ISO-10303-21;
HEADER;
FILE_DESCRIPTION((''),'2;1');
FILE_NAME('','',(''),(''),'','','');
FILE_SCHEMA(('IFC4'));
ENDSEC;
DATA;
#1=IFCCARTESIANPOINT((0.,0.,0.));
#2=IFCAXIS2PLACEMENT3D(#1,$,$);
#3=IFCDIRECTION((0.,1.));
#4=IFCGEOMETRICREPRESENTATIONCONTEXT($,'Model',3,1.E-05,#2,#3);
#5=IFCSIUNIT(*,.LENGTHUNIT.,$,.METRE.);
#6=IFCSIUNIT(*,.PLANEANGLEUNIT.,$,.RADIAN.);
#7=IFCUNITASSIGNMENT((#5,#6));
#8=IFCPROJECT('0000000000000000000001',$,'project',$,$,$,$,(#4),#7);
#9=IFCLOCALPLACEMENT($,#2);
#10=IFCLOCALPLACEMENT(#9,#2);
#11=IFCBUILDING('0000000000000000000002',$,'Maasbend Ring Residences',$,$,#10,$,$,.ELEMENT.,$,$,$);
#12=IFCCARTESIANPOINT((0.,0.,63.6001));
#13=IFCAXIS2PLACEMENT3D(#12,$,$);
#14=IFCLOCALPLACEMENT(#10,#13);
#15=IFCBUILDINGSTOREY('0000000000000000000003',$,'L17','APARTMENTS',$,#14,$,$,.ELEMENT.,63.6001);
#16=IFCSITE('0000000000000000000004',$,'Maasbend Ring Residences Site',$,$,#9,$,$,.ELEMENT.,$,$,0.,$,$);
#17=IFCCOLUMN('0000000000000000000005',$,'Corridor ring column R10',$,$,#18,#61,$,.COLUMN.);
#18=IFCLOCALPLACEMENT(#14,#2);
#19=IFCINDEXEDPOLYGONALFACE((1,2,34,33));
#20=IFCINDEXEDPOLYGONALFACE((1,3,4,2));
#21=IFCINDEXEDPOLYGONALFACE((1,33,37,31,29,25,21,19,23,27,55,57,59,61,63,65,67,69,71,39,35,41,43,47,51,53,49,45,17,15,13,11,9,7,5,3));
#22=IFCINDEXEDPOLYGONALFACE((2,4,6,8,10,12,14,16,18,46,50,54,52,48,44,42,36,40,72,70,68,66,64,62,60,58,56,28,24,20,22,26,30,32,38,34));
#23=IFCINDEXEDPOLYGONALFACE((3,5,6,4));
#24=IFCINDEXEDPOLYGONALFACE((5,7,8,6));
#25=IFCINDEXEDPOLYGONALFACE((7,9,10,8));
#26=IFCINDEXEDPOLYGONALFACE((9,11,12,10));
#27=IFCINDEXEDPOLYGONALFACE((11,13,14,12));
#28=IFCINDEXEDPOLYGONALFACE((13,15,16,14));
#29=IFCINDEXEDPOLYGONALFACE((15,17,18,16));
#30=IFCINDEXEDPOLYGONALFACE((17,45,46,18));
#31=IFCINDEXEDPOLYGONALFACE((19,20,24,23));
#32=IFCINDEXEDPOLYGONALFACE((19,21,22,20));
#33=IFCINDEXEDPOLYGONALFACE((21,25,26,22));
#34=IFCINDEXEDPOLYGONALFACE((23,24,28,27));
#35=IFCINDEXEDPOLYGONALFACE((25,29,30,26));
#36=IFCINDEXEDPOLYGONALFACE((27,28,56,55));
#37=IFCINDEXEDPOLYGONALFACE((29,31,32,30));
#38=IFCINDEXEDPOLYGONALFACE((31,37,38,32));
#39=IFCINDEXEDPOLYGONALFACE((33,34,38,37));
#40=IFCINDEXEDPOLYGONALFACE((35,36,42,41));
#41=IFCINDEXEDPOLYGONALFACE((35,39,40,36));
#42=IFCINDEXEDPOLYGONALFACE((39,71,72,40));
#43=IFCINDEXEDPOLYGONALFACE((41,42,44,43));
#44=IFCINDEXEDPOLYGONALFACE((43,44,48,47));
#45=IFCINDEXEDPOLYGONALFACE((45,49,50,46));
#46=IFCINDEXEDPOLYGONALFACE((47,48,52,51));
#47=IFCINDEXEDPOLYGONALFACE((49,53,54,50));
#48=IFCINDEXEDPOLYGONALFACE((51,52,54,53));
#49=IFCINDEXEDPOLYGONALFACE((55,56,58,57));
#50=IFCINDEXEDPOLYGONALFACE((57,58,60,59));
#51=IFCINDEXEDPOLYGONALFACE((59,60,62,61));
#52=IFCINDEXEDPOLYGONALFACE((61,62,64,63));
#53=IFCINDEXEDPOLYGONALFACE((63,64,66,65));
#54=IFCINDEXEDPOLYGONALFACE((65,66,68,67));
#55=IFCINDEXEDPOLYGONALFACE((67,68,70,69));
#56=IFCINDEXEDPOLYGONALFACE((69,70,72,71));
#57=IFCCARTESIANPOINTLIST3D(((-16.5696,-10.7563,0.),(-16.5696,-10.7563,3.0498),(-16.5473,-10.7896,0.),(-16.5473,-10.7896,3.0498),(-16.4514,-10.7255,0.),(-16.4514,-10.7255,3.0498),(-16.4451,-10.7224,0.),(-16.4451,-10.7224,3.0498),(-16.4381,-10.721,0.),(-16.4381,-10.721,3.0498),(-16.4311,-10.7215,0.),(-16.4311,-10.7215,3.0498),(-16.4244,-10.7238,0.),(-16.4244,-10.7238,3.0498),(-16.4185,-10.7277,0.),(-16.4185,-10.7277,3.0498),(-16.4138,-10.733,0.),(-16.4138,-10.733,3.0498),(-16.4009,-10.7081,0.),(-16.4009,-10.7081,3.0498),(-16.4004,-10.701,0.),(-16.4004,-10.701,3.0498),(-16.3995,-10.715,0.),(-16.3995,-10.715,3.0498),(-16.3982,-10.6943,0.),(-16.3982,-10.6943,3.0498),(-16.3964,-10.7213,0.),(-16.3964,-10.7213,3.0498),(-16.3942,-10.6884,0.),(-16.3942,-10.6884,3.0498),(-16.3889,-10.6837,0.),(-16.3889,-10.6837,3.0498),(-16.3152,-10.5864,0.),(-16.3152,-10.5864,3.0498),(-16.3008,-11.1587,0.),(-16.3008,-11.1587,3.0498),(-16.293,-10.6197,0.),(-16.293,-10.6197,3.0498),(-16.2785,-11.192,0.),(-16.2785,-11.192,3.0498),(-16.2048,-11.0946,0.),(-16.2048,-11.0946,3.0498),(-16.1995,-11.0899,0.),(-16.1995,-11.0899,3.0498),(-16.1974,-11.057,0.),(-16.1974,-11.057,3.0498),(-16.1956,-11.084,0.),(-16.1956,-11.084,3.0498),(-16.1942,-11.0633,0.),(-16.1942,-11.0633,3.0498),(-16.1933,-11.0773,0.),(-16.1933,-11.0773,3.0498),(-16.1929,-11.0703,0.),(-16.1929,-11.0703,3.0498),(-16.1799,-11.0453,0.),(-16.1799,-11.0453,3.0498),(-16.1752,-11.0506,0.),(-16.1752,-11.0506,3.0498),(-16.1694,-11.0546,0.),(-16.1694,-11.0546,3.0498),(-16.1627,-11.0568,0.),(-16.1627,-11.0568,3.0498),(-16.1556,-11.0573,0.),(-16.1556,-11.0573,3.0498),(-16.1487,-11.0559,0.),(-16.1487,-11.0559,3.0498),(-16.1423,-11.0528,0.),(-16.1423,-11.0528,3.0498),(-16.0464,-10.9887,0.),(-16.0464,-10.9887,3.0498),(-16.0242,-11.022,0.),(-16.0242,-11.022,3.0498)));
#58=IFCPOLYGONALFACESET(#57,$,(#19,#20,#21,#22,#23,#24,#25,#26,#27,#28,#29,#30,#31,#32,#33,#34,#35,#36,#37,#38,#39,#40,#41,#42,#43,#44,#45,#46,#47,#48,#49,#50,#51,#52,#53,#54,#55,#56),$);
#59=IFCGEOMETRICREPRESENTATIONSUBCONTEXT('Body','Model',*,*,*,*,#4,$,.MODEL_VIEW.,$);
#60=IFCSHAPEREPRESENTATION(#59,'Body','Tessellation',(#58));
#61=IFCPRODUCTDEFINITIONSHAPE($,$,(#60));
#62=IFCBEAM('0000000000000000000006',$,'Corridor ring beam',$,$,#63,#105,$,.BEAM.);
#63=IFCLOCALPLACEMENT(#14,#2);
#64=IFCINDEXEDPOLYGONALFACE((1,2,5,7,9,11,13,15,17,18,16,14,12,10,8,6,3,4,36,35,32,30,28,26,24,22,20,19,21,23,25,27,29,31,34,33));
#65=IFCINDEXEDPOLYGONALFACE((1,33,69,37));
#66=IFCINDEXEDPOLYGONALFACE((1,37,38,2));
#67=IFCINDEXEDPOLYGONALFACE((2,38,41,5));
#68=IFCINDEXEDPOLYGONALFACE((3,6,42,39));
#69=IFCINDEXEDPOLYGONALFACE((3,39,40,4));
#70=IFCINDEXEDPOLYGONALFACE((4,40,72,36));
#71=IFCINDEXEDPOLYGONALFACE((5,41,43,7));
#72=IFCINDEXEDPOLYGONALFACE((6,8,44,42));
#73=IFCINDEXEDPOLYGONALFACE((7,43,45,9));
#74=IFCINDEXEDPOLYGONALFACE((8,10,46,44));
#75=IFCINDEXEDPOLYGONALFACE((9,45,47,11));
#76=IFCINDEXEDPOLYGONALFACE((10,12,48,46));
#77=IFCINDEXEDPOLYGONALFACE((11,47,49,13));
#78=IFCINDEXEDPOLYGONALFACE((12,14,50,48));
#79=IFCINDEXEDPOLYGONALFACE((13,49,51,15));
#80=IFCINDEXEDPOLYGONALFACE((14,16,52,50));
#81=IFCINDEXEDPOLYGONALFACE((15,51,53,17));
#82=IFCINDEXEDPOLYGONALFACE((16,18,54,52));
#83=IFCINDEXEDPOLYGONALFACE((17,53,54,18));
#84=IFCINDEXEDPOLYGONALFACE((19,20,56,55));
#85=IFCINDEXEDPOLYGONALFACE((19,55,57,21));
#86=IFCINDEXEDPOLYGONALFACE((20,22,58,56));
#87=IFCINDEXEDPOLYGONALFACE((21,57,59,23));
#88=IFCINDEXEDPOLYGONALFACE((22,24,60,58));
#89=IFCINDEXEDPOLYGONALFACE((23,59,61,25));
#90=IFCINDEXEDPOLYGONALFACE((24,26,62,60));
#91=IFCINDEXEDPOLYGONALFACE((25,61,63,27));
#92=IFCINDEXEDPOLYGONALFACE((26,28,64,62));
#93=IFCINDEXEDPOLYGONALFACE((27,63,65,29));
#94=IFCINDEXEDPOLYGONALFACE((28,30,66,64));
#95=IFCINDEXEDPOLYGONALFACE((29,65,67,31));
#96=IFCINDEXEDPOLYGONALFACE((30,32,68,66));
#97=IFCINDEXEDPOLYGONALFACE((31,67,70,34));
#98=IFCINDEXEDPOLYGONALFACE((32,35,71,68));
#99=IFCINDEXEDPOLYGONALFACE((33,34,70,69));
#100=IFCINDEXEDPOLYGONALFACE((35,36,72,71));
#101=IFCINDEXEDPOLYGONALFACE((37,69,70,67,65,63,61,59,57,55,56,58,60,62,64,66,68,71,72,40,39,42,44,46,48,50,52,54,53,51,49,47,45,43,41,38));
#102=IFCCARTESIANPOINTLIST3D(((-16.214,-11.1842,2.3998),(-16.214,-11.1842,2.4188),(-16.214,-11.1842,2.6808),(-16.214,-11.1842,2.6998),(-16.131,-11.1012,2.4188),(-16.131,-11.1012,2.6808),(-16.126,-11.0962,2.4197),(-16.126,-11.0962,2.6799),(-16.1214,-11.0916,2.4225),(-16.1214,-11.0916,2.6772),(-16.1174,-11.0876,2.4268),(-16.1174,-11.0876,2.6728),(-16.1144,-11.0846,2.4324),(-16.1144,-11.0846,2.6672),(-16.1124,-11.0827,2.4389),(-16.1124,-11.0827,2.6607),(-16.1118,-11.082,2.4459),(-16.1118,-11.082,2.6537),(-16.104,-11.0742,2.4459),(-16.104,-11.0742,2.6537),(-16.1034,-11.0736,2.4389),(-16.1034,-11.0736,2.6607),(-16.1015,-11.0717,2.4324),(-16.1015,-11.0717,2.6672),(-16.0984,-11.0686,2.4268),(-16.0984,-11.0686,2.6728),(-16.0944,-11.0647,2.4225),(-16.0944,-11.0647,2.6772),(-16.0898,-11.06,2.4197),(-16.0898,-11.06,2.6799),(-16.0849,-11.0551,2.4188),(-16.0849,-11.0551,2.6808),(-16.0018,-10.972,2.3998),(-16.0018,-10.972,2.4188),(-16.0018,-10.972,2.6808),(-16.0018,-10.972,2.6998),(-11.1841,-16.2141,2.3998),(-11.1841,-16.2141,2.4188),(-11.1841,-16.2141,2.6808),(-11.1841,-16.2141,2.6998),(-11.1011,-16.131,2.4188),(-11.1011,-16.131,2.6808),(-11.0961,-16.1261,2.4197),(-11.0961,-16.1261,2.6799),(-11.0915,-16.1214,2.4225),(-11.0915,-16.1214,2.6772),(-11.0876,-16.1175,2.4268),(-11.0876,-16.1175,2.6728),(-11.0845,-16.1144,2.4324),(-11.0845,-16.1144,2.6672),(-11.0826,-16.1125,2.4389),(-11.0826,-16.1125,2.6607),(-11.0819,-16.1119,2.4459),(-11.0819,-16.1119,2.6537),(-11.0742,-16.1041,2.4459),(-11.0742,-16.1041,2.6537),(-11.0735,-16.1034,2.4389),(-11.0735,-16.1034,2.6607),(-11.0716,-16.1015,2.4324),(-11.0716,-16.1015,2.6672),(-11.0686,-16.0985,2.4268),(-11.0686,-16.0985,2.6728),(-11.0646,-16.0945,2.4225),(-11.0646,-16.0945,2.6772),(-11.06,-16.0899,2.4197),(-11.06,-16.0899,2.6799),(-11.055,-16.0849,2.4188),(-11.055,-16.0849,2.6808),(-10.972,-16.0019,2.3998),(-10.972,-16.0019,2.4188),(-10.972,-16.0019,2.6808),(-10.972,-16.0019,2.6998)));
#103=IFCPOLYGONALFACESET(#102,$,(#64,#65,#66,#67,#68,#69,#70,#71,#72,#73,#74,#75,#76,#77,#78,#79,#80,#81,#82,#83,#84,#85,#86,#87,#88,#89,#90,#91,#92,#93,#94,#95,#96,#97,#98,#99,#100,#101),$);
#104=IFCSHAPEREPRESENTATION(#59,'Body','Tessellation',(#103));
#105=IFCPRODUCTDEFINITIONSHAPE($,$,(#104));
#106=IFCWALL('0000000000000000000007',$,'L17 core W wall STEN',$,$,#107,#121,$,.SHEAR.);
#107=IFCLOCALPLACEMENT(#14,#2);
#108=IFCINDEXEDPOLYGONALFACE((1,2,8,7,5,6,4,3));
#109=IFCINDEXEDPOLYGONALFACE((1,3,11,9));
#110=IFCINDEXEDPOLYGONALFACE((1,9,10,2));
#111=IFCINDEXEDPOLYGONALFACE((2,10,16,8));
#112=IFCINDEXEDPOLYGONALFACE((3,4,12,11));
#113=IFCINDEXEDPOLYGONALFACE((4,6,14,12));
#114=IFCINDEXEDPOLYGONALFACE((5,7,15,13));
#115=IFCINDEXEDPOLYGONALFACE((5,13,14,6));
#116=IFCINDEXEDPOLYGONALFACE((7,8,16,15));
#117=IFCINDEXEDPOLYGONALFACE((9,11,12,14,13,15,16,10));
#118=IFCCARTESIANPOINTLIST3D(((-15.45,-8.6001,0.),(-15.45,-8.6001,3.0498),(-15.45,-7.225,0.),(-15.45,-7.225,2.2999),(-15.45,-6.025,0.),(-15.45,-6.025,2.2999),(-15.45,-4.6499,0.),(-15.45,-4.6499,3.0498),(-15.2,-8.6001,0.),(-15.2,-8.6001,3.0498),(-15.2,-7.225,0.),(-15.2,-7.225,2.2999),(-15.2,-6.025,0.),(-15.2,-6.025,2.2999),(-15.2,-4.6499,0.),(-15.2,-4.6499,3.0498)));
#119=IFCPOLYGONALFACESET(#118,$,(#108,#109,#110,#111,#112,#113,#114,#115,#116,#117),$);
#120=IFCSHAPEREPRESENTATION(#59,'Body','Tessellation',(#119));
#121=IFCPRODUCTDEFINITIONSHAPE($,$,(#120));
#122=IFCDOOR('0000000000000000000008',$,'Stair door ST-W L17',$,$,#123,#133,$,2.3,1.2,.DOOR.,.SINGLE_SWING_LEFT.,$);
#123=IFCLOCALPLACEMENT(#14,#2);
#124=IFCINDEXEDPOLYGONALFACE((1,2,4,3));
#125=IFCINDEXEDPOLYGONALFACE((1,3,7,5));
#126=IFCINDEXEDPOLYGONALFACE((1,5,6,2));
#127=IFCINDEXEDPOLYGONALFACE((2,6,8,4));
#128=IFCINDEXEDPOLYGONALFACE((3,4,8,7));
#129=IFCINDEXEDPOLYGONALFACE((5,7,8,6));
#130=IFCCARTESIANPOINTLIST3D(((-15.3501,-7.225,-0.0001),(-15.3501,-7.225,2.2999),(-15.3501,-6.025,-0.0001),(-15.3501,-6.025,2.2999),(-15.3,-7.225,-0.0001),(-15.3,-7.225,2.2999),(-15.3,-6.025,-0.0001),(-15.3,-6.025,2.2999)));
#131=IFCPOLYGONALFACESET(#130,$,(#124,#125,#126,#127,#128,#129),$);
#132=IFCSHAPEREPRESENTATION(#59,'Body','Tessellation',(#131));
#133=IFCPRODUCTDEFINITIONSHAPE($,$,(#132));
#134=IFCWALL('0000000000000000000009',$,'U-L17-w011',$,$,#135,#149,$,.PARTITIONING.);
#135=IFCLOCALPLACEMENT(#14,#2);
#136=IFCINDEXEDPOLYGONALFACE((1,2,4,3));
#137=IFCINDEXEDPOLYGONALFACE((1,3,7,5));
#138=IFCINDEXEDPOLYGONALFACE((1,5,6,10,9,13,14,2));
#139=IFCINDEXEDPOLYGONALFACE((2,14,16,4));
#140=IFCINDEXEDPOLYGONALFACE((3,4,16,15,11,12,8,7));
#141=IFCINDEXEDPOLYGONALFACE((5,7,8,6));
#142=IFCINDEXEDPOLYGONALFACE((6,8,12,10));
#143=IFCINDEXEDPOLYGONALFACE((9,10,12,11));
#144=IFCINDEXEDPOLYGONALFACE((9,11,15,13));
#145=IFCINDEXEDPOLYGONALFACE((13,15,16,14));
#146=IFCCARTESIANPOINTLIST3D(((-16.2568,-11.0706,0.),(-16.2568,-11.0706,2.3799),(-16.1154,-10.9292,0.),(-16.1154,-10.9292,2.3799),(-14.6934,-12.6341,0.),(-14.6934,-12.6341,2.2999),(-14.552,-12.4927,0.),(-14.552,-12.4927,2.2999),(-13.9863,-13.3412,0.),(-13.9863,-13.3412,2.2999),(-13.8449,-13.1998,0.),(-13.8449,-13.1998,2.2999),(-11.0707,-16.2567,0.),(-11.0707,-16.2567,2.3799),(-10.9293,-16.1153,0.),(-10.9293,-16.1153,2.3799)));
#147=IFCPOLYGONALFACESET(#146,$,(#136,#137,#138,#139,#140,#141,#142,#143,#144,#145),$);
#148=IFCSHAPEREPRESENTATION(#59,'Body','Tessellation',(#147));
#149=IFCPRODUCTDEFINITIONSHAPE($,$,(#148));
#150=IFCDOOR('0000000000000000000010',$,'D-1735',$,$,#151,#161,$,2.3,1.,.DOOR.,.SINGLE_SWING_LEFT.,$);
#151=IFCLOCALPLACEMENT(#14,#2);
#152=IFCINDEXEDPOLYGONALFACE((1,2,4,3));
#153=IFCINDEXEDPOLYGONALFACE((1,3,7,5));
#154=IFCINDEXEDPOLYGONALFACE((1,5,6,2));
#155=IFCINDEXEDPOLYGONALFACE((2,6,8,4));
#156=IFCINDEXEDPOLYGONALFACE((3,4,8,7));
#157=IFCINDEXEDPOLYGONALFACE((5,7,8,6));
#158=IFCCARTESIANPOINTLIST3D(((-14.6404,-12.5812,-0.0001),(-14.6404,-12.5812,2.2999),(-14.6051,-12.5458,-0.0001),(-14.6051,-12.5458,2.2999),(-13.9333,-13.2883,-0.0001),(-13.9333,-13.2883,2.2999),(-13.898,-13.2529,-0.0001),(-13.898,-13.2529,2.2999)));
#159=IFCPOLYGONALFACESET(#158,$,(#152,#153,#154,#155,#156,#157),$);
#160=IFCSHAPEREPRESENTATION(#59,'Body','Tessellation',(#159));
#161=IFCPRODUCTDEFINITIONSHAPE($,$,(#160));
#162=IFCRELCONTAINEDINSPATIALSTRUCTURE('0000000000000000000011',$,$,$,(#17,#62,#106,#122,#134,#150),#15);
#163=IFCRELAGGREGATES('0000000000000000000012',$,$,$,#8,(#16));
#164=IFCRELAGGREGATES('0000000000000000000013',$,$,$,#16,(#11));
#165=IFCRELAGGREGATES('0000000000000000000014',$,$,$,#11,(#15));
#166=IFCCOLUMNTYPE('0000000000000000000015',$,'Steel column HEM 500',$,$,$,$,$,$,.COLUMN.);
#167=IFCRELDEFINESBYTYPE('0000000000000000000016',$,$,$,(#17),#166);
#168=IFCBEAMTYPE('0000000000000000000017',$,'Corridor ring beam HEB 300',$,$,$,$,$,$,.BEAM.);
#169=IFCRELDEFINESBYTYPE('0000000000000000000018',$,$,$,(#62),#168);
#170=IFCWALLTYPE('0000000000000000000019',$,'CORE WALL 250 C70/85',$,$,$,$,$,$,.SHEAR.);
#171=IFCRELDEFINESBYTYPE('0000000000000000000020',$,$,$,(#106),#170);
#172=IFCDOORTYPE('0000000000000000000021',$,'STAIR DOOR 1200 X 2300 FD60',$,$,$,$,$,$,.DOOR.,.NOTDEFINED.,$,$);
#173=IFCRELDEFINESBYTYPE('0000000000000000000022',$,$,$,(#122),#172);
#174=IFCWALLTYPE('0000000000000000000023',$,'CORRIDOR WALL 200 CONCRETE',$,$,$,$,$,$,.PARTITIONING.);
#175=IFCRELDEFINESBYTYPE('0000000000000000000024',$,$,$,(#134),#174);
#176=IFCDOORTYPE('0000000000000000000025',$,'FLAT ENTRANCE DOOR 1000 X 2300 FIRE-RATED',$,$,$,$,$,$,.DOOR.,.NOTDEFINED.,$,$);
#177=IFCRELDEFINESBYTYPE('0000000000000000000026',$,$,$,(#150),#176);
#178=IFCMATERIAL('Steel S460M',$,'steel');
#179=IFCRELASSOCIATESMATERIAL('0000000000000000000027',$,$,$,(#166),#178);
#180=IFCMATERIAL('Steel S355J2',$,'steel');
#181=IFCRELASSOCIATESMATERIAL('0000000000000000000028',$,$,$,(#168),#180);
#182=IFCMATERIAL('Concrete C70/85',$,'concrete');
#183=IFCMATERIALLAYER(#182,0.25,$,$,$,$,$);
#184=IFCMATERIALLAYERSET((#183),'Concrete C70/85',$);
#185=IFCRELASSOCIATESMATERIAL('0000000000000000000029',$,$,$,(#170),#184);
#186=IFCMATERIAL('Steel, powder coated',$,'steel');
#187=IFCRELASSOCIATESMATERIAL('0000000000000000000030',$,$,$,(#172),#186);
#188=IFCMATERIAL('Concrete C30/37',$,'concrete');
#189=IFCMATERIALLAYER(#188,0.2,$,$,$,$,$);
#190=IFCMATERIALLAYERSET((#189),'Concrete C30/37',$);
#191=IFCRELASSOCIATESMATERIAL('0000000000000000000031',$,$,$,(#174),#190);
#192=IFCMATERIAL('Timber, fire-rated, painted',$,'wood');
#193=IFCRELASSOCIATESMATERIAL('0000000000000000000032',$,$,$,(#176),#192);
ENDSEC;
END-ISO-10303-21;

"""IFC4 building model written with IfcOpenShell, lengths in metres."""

from ifc_helpers import new_model, si_unit, direction, frame, frame_2d, origin, origin_2d, place, context, subcontext, project, spatial, rectangle, i_section, extrude, material, layer, layer_set, material_profile, profile_set, type_object, element, fill, save


model = new_model("IFC4")

# Units and contexts
model_context = context("Model", 3, precision=1e-05, world=origin(), true_north=direction((0.0, 1.0)))
body_context = subcontext(model_context, "Body", "Model", "MODEL_VIEW")
ifc_project = project(units=[si_unit("LENGTHUNIT", "METRE"), si_unit("PLANEANGLEUNIT", "RADIAN")], contexts=[model_context])

# Site, building, storey
site_placement = place(None, origin())
site = spatial("IfcSite", under=ifc_project, at=site_placement, Name="Maasbend Ring Residences Site", CompositionType="ELEMENT", RefElevation=0.0)
building_placement = place(site_placement, origin())
building = spatial("IfcBuilding", under=site, at=building_placement, Name="Maasbend Ring Residences", CompositionType="ELEMENT")
storey_placement = place(building_placement, frame((0.0, 0.0, 63.6001)))
storey = spatial("IfcBuildingStorey", under=building, at=storey_placement, Name="L17", Description="APARTMENTS", CompositionType="ELEMENT", Elevation=63.6001)

# Column
ifc_material_1 = material(Name="Steel S460M", Category="steel")
ifc_material_profile_1 = material_profile(ifc_material_1, i_section(OverallWidth=0.3059, OverallDepth=0.5239, WebThickness=0.021, FlangeThickness=0.04, FilletRadius=0.0271, at=origin_2d()), Name="HEM 500")
ifc_profile_set_1 = profile_set([ifc_material_profile_1], Name="Steel S460M")
column_type = type_object("IfcColumnType", Name="Steel column HEM 500", PredefinedType="COLUMN", material=ifc_profile_set_1)
column_placement = place(storey_placement, frame((-16.2969, -10.8892, 0.0), z_axis=(0.0, 0.0, 1.0), x_axis=(-0.83147, -0.55557, 0.0)))
element("IfcColumn", 1, at=column_placement, inside=storey, type_object=column_type, Name="Corridor ring column R10", PredefinedType="COLUMN", context=body_context, shape_type="SweptSolid", body=[
    extrude(i_section(OverallWidth=0.3059, OverallDepth=0.5239, WebThickness=0.021, FlangeThickness=0.04, FilletRadius=0.0271, at=origin_2d()), origin(), (0.0, 0.0, 1.0), 3.0498),
])

# Beam
ifc_material_2 = material(Name="Steel S355J2", Category="steel")
ifc_material_profile_2 = material_profile(ifc_material_2, i_section(OverallWidth=0.3, OverallDepth=0.3, WebThickness=0.011, FlangeThickness=0.019, FilletRadius=0.0271, at=origin_2d()), Name="HEB 300")
ifc_profile_set_2 = profile_set([ifc_material_profile_2], Name="Steel S355J2")
beam_type = type_object("IfcBeamType", Name="Corridor ring beam HEB 300", PredefinedType="BEAM", material=ifc_profile_set_2)
beam_placement = place(storey_placement, frame((-16.1079, -11.0781, 2.5498), z_axis=(0.707107, -0.707107, 0.0), x_axis=(0.707107, 0.707107, 0.0)))
element("IfcBeam", 2, at=beam_placement, inside=storey, type_object=beam_type, Name="Corridor ring beam", PredefinedType="BEAM", context=body_context, shape_type="SweptSolid", body=[
    extrude(i_section(OverallWidth=0.3, OverallDepth=0.3, WebThickness=0.011, FlangeThickness=0.019, FilletRadius=0.0271, at=origin_2d()), origin(), (0.0, 0.0, 1.0), 7.1133),
])

# Walls, openings, doors
ifc_material_3 = material(Name="Concrete C70/85", Category="concrete")
ifc_layer_1 = layer(ifc_material_3, 0.25)
ifc_layer_set_1 = layer_set([ifc_layer_1], Name="Concrete C70/85")
wall_type_1 = type_object("IfcWallType", Name="CORE WALL 250 C70/85", PredefinedType="SHEAR", material=ifc_layer_set_1)
wall_1_placement = place(storey_placement, frame((-15.325, -4.6499, 0.0), z_axis=(0.0, 0.0, 1.0), x_axis=(0.0, -1.0, 0.0)))
wall_1 = element("IfcWall", 3, at=wall_1_placement, inside=storey, type_object=wall_type_1, Name="L17 core W wall STEN", PredefinedType="SHEAR", context=body_context, shape_type="SweptSolid", body=[
    extrude(rectangle(XDim=3.9502, YDim=0.25, at=frame_2d((1.9751, 0.0))), origin(), (0.0, 0.0, 1.0), 3.0498),
])
opening_1_placement = place(wall_1_placement, frame((1.375, 0.0, 0.0)))
opening_1 = element("IfcOpeningElement", 4, at=opening_1_placement, cuts=wall_1, PredefinedType="OPENING", context=body_context, shape_type="SweptSolid", body=[
    extrude(rectangle(XDim=1.2, YDim=2.3, at=frame_2d((0.6001, 1.1499))), frame((0.0, 0.135, 0.0), z_axis=(0.0, -1.0, 0.0), x_axis=(1.0, 0.0, 0.0)), (0.0, 0.0, 1.0), 0.27),
])
ifc_material_4 = material(Name="Steel, powder coated", Category="steel")
door_type_1 = type_object("IfcDoorType", Name="STAIR DOOR 1200 X 2300 FD60", OperationType="NOTDEFINED", PredefinedType="DOOR", material=ifc_material_4)
door_1_placement = place(opening_1_placement, origin())
door_1 = element("IfcDoor", 5, at=door_1_placement, inside=storey, type_object=door_type_1, Name="Stair door ST-W L17", OperationType="SINGLE_SWING_LEFT", OverallHeight=2.3, OverallWidth=1.2, PredefinedType="DOOR", context=body_context, shape_type="SweptSolid", body=[
    extrude(rectangle(XDim=1.2, YDim=2.3, at=frame_2d((0.6001, 1.1499))), frame((0.0, 0.0249, 0.0), z_axis=(0.0, -1.0, 0.0), x_axis=(1.0, 0.0, 0.0)), (0.0, 0.0, 1.0), 0.05),
])
fill(opening_1, door_1)
ifc_material_5 = material(Name="Concrete C30/37", Category="concrete")
ifc_layer_2 = layer(ifc_material_5, 0.2)
ifc_layer_set_2 = layer_set([ifc_layer_2], Name="Concrete C30/37")
wall_type_2 = type_object("IfcWallType", Name="CORRIDOR WALL 200 CONCRETE", PredefinedType="PARTITIONING", material=ifc_layer_set_2)
wall_2_placement = place(storey_placement, frame((-16.186, -11.0, 0.0), z_axis=(0.0, 0.0, 1.0), x_axis=(0.707107, -0.707107, 0.0)))
wall_2 = element("IfcWall", 6, at=wall_2_placement, inside=storey, type_object=wall_type_2, Name="U-L17-w011", PredefinedType="PARTITIONING", context=body_context, shape_type="SweptSolid", body=[
    extrude(rectangle(XDim=7.3342, YDim=0.2, at=frame_2d((3.667, 0.0))), origin(), (0.0, 0.0, 1.0), 2.3799),
])
opening_2_placement = place(wall_2_placement, frame((2.2109, 0.0, 0.0)))
opening_2 = element("IfcOpeningElement", 7, at=opening_2_placement, cuts=wall_2, PredefinedType="OPENING", context=body_context, shape_type="SweptSolid", body=[
    extrude(rectangle(XDim=1.0, YDim=2.3, at=frame_2d((0.5, 1.1499))), frame((0.0, 0.1099, 0.0), z_axis=(0.0, -1.0, 0.0), x_axis=(1.0, 0.0, 0.0)), (0.0, 0.0, 1.0), 0.22),
])
ifc_material_6 = material(Name="Timber, fire-rated, painted", Category="wood")
door_type_2 = type_object("IfcDoorType", Name="FLAT ENTRANCE DOOR 1000 X 2300 FIRE-RATED", OperationType="NOTDEFINED", PredefinedType="DOOR", material=ifc_material_6)
door_2_placement = place(opening_2_placement, origin())
door_2 = element("IfcDoor", 8, at=door_2_placement, inside=storey, type_object=door_type_2, Name="D-1735", OperationType="SINGLE_SWING_LEFT", OverallHeight=2.3, OverallWidth=1.0, PredefinedType="DOOR", context=body_context, shape_type="SweptSolid", body=[
    extrude(rectangle(XDim=1.0, YDim=2.3, at=frame_2d((0.5, 1.1499))), frame((0.0, 0.0249, 0.0), z_axis=(0.0, -1.0, 0.0), x_axis=(1.0, 0.0, 0.0)), (0.0, 0.0, 1.0), 0.05),
])
fill(opening_2, door_2)

save(model, "model.ifc")
